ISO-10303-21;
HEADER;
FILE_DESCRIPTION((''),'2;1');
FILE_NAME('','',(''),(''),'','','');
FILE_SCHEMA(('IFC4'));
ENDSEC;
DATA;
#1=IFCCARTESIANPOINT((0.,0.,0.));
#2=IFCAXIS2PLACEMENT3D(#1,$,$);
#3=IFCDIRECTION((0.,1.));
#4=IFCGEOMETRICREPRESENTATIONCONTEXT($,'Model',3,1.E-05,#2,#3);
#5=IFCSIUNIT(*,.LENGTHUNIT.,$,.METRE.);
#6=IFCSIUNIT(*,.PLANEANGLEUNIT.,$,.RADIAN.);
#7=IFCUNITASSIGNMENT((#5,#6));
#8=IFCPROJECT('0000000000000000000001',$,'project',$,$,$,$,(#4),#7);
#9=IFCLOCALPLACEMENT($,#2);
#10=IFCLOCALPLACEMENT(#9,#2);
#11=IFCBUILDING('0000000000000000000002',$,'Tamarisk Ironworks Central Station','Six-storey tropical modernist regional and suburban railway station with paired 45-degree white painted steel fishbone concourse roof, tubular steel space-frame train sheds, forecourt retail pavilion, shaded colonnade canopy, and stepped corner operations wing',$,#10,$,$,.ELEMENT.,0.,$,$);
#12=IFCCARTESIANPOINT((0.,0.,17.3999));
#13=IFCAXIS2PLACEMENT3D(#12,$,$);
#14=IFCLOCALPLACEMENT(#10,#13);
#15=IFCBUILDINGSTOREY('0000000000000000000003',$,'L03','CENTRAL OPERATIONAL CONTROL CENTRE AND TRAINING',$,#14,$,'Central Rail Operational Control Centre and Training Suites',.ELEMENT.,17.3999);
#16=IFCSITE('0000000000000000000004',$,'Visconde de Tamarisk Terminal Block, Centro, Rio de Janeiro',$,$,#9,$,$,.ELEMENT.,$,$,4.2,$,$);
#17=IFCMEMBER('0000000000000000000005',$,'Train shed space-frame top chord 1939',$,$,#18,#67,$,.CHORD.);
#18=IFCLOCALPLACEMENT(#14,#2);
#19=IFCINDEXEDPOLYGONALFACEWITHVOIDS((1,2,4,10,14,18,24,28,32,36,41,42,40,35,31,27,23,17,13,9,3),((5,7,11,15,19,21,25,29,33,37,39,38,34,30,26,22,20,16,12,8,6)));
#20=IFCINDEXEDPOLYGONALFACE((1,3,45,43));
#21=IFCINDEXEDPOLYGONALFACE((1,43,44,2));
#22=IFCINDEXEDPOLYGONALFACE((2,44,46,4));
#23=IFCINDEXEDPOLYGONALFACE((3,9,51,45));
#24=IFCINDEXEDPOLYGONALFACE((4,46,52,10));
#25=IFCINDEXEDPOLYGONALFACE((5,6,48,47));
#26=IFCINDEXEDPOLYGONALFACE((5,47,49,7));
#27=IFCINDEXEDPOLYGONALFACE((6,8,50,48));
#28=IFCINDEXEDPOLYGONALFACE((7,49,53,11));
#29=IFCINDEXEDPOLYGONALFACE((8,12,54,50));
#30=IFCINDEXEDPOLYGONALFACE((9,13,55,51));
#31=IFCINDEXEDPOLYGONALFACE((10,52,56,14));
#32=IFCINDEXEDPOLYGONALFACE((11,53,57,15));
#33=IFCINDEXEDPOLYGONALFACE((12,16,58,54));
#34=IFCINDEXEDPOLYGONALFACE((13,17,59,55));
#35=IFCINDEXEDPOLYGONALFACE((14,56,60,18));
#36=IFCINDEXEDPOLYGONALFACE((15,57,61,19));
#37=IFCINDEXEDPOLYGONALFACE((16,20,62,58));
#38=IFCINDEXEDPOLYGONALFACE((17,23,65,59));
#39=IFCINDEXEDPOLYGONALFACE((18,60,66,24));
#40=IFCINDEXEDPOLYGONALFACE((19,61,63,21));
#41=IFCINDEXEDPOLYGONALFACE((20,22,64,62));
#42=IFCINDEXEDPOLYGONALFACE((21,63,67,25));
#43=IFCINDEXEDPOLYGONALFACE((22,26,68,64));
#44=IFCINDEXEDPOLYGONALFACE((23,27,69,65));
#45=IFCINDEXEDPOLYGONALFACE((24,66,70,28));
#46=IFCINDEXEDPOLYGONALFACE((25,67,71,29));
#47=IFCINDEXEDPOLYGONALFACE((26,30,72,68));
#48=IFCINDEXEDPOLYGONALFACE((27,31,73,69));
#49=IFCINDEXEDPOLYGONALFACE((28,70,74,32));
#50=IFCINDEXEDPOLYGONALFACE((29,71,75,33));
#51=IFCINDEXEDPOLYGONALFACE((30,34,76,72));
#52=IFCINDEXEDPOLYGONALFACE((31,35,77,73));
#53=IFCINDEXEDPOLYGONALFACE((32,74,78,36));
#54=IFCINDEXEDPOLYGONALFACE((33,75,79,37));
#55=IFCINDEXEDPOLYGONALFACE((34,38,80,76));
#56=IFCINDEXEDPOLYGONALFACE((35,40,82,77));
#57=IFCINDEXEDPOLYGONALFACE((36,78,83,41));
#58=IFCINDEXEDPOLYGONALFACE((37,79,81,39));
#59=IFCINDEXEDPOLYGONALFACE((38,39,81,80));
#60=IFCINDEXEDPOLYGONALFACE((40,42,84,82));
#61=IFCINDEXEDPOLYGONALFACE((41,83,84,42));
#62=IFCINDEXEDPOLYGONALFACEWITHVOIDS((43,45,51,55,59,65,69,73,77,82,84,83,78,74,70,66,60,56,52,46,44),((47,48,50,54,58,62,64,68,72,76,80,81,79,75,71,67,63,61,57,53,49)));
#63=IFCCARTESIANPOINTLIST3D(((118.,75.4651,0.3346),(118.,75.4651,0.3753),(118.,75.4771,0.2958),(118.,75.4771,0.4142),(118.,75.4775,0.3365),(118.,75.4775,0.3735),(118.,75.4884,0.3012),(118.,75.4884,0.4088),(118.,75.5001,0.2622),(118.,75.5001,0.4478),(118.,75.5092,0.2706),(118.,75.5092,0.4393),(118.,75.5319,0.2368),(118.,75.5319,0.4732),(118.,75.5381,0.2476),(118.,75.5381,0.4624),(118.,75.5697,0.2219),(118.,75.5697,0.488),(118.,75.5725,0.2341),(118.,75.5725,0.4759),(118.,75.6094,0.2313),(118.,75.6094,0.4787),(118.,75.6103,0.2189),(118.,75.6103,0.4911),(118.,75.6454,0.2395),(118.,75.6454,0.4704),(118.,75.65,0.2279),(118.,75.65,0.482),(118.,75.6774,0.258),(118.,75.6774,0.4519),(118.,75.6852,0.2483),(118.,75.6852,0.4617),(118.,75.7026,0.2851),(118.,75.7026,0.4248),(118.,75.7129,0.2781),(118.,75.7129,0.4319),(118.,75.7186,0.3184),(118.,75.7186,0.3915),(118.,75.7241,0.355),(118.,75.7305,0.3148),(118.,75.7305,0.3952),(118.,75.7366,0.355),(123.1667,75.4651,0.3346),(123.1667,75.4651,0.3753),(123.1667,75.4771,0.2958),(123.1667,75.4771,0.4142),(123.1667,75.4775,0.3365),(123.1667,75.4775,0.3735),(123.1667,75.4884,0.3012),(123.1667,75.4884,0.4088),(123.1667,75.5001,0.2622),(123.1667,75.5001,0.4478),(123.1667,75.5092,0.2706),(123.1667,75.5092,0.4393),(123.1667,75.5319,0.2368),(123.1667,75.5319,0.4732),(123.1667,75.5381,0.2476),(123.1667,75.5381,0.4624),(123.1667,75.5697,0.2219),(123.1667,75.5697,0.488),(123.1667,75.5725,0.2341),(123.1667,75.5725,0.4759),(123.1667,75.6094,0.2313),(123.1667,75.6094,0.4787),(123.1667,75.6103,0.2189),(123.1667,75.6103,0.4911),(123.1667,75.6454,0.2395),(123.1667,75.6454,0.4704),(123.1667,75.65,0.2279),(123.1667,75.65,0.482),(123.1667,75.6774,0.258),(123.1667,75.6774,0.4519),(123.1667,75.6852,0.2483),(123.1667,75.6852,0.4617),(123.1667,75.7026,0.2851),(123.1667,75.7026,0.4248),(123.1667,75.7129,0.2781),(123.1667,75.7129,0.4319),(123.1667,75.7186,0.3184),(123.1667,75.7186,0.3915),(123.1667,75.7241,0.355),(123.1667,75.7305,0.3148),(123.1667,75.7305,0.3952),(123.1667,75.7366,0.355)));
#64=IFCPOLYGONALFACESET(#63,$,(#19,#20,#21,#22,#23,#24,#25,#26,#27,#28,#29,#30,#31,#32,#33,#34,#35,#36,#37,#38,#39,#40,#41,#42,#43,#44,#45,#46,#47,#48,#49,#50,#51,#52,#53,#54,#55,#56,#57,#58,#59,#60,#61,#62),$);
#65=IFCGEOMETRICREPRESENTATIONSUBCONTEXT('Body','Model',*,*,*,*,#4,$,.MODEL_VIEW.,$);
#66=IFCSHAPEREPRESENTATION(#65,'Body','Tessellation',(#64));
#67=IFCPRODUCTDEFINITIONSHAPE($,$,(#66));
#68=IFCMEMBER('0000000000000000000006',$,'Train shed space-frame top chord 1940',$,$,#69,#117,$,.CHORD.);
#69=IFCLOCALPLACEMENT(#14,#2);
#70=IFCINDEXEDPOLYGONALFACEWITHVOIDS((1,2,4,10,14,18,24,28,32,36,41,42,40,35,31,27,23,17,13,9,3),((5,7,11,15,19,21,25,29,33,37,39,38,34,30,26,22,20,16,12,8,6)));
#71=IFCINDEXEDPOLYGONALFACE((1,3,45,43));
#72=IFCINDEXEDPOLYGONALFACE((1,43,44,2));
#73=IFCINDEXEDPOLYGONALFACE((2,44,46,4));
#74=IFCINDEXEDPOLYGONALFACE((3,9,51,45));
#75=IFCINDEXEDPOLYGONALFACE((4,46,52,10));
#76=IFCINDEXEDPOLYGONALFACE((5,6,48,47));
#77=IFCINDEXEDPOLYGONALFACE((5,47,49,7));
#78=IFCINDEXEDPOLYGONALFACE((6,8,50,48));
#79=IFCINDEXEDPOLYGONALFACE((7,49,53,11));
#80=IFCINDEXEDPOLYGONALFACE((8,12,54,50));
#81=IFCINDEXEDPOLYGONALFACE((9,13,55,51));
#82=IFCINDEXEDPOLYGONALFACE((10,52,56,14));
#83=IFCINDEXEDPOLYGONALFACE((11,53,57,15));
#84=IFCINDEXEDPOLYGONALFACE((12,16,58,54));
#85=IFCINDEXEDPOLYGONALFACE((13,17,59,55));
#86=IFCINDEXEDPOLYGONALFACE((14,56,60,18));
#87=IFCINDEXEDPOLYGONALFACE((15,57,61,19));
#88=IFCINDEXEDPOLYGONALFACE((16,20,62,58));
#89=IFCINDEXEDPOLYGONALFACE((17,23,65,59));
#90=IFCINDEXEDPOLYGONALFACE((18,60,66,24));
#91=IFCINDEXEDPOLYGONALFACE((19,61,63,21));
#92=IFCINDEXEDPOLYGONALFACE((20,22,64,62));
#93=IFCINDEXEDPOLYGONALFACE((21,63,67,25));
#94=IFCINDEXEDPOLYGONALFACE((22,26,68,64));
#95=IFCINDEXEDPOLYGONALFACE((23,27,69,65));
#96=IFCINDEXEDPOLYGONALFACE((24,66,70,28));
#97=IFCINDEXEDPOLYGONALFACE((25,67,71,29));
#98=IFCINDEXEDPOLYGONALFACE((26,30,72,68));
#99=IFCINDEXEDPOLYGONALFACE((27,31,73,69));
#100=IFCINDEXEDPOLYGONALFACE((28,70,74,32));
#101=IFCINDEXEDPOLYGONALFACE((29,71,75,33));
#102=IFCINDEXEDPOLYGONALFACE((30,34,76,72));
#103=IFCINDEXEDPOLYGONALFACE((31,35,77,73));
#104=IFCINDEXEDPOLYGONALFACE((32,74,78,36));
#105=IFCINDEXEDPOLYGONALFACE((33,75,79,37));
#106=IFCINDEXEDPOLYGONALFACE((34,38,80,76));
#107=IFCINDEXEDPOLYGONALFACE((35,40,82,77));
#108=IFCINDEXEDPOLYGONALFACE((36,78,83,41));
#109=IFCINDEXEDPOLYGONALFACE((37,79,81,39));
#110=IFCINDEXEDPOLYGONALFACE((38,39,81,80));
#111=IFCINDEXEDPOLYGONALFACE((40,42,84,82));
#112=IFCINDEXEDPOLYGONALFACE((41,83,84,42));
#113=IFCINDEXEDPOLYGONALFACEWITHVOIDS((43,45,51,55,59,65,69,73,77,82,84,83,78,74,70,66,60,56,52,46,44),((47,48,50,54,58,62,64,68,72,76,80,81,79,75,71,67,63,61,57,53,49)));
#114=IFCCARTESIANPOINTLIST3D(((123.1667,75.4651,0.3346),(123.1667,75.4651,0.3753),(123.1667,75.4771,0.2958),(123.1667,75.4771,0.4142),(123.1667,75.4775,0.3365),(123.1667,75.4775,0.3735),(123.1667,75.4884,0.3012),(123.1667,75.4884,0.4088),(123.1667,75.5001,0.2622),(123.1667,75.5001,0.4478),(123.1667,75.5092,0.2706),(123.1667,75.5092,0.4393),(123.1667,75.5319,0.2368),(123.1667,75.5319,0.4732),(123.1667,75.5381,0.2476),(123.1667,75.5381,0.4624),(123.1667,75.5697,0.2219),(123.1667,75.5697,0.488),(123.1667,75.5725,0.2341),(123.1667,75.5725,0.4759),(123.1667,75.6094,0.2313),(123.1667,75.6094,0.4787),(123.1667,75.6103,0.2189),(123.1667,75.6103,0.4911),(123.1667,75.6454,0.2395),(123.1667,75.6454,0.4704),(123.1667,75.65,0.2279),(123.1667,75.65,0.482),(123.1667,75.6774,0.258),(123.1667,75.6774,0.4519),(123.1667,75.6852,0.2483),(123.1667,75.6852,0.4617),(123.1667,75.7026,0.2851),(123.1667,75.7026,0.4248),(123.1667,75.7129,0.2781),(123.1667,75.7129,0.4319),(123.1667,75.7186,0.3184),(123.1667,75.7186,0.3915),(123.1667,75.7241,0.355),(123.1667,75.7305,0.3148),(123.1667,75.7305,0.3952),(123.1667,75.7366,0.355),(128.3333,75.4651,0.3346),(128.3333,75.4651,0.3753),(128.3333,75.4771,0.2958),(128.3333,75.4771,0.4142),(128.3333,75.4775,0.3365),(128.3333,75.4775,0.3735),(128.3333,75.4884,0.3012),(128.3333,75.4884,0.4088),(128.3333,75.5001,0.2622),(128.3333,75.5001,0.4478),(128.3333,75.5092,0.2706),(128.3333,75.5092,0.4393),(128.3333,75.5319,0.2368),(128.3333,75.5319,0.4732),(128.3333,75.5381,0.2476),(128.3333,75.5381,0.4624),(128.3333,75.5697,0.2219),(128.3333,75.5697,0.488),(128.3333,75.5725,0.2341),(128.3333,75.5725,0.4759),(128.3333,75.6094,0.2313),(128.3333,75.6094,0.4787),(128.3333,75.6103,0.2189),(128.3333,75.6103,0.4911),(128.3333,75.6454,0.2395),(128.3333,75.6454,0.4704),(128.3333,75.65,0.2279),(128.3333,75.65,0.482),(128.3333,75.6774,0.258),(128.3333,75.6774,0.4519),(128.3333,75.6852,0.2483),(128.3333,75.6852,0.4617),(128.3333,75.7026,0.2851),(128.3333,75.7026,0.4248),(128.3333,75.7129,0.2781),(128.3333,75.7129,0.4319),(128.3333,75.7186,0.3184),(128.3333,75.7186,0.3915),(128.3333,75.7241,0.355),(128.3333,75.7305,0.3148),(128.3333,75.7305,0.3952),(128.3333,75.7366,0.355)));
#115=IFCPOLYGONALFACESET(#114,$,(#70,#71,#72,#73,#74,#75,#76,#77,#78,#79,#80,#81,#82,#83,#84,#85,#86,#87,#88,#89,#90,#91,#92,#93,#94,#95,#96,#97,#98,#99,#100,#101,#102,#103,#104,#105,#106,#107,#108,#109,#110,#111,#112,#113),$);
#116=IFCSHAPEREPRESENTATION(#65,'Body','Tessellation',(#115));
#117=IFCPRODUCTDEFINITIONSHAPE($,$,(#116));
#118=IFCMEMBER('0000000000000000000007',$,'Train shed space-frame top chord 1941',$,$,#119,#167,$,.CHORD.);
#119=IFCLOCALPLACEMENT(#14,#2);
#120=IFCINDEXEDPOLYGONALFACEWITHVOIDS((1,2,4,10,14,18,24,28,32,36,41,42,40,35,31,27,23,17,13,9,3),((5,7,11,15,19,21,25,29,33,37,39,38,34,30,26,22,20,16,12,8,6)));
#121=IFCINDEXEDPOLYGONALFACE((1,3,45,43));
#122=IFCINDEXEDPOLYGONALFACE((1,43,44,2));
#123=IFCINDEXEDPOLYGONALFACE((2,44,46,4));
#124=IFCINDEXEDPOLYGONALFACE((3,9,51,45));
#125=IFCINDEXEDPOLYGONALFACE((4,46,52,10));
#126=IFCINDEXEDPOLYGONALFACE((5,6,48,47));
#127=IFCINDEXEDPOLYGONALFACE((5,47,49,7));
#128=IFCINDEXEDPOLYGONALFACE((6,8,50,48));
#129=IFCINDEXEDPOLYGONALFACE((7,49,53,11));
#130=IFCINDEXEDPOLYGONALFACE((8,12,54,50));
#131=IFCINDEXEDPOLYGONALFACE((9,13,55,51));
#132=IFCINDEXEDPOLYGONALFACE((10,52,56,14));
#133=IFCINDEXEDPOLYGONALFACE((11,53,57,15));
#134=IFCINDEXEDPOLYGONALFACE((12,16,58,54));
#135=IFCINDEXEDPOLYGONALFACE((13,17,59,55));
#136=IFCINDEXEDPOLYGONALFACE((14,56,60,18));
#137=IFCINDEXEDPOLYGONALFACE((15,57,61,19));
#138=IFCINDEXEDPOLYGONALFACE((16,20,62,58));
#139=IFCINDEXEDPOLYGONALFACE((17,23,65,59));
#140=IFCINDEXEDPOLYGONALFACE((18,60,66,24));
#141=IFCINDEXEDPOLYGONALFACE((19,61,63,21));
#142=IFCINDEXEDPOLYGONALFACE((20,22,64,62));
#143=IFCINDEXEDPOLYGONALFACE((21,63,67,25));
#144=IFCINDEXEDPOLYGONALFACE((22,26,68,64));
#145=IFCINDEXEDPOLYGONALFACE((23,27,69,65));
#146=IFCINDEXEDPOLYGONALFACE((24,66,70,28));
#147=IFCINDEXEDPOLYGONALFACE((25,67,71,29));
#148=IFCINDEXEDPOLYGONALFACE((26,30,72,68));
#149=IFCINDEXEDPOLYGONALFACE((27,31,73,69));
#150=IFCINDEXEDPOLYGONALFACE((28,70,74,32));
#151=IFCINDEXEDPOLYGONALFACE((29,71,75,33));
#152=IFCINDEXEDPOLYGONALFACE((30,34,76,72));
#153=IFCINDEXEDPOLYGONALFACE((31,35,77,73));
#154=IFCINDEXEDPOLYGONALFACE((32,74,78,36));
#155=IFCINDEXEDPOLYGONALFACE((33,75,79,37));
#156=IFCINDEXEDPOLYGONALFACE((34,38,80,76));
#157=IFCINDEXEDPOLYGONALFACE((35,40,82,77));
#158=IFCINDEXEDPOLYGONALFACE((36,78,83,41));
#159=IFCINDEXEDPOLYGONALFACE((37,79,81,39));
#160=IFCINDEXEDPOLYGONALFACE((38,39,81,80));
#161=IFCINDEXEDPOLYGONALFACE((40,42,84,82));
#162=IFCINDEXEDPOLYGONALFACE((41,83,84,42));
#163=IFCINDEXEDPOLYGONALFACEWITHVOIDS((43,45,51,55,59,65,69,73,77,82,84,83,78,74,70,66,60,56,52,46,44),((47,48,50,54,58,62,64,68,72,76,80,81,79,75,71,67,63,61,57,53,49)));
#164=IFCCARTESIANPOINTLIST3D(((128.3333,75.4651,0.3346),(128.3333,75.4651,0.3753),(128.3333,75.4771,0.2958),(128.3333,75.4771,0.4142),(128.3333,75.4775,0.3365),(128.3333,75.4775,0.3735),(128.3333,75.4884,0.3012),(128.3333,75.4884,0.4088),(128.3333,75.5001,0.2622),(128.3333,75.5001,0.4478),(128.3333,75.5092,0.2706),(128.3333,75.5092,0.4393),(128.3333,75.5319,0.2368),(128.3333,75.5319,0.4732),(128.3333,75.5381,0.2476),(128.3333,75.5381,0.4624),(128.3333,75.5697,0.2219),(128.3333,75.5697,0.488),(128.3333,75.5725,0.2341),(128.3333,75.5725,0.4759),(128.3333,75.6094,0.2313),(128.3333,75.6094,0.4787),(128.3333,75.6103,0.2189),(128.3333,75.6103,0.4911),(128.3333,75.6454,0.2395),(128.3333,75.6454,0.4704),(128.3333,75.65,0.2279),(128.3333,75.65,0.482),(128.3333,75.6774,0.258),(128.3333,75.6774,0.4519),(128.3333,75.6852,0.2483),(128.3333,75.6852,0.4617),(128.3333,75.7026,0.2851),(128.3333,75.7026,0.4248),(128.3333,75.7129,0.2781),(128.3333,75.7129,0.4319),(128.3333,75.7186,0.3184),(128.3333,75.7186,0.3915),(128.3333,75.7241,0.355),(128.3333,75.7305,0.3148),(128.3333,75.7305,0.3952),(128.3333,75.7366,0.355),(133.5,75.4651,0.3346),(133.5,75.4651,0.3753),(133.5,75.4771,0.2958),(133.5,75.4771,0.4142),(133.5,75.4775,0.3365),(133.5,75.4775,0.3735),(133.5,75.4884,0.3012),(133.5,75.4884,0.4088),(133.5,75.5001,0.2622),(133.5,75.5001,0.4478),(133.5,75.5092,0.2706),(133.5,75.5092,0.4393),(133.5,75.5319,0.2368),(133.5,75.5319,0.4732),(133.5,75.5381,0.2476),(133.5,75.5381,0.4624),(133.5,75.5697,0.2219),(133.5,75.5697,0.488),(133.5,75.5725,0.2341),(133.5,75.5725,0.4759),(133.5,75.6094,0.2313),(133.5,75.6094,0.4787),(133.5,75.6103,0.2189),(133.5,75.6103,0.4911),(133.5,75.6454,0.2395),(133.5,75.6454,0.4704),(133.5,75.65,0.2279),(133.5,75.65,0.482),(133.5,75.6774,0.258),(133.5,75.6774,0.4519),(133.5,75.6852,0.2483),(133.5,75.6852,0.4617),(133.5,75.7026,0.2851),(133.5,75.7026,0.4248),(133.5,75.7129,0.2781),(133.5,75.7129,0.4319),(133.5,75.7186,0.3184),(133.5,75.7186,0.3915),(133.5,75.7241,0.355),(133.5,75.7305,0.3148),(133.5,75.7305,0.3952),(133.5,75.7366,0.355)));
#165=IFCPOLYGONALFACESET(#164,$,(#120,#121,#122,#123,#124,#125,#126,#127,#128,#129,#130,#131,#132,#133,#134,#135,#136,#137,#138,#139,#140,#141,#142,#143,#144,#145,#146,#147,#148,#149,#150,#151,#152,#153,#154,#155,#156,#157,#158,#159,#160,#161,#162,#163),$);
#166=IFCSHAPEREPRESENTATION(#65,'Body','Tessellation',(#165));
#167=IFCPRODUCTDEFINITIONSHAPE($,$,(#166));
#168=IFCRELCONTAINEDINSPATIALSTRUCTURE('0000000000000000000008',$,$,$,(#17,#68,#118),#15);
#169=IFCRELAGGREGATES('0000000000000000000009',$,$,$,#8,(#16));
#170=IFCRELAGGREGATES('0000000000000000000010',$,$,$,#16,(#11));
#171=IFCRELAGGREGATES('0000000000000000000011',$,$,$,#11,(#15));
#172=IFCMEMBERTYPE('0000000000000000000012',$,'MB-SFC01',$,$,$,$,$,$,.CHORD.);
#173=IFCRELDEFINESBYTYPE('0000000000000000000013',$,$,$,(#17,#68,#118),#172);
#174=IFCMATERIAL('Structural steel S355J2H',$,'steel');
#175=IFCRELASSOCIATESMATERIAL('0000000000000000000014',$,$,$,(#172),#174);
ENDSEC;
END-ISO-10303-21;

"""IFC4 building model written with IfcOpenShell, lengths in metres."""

from ifc_helpers import new_model, si_unit, direction, frame, origin, origin_2d, place, context, subcontext, project, spatial, hollow_circle, extrude, material, material_profile, profile_set, type_object, element, save


model = new_model("IFC4")

# Units and contexts
model_context = context("Model", 3, precision=1e-05, world=origin(), true_north=direction((0.0, 1.0)))
body_context = subcontext(model_context, "Body", "Model", "MODEL_VIEW")
ifc_project = project(units=[si_unit("LENGTHUNIT", "METRE"), si_unit("PLANEANGLEUNIT", "RADIAN")], contexts=[model_context])

# Site, building, storey
site_placement = place(None, origin())
site = spatial("IfcSite", under=ifc_project, at=site_placement, Name="Visconde de Tamarisk Terminal Block, Centro, Rio de Janeiro", CompositionType="ELEMENT", RefElevation=4.2)
building_placement = place(site_placement, origin())
building = spatial("IfcBuilding", under=site, at=building_placement, Name="Tamarisk Ironworks Central Station", Description="Six-storey tropical modernist regional and suburban railway station with paired 45-degree white painted steel fishbone concourse roof, tubular steel space-frame train sheds, forecourt retail pavilion, shaded colonnade canopy, and stepped corner operations wing", CompositionType="ELEMENT", ElevationOfRefHeight=0.0)
storey_placement = place(building_placement, frame((0.0, 0.0, 17.3999)))
storey = spatial("IfcBuildingStorey", under=building, at=storey_placement, Name="L03", Description="CENTRAL OPERATIONAL CONTROL CENTRE AND TRAINING", LongName="Central Rail Operational Control Centre and Training Suites", CompositionType="ELEMENT", Elevation=17.3999)

# Members
ifc_material_1 = material(Name="Structural steel S355J2H", Category="steel")
ifc_material_profile_1 = material_profile(ifc_material_1, hollow_circle(Radius=0.1365, WallThickness=0.0125, at=origin_2d()), Name="CHS 273x12.5")
ifc_profile_set_1 = profile_set([ifc_material_profile_1], Name="Structural steel S355J2H")
member_type_1 = type_object("IfcMemberType", Name="MB-SFC01", PredefinedType="CHORD", material=ifc_profile_set_1)
member_1_placement = place(storey_placement, frame((118.0, 75.6001, 0.355), z_axis=(1.0, 0.0, 0.0), x_axis=(0.0, 1.0, 0.0)))
element("IfcMember", 1, at=member_1_placement, inside=storey, type_object=member_type_1, Name="Train shed space-frame top chord 1939", PredefinedType="CHORD", context=body_context, shape_type="SweptSolid", body=[
    extrude(hollow_circle(Radius=0.1365, WallThickness=0.0125, at=origin_2d()), origin(), (0.0, 0.0, 1.0), 5.1667),
])
member_2_placement = place(storey_placement, frame((123.1667, 75.6001, 0.355), z_axis=(1.0, 0.0, 0.0), x_axis=(0.0, 1.0, 0.0)))
element("IfcMember", 2, at=member_2_placement, inside=storey, type_object=member_type_1, Name="Train shed space-frame top chord 1940", PredefinedType="CHORD", context=body_context, shape_type="SweptSolid", body=[
    extrude(hollow_circle(Radius=0.1365, WallThickness=0.0125, at=origin_2d()), origin(), (0.0, 0.0, 1.0), 5.1665),
])
for number, where, z_axis, x_axis, name in (
    (3, (128.3333, 75.6001, 0.355), (1.0, 0.0, 0.0), (0.0, 1.0, 0.0), "Train shed space-frame top chord 1941"),
):
    element("IfcMember", number, at=place(storey_placement, frame(where, z_axis=z_axis, x_axis=x_axis)), inside=storey, type_object=member_type_1, Name=name, PredefinedType="CHORD", context=body_context, shape_type="SweptSolid", body=[
        extrude(hollow_circle(Radius=0.1365, WallThickness=0.0125, at=origin_2d()), origin(), (0.0, 0.0, 1.0), 5.1667),
    ])

save(model, "model.ifc")
